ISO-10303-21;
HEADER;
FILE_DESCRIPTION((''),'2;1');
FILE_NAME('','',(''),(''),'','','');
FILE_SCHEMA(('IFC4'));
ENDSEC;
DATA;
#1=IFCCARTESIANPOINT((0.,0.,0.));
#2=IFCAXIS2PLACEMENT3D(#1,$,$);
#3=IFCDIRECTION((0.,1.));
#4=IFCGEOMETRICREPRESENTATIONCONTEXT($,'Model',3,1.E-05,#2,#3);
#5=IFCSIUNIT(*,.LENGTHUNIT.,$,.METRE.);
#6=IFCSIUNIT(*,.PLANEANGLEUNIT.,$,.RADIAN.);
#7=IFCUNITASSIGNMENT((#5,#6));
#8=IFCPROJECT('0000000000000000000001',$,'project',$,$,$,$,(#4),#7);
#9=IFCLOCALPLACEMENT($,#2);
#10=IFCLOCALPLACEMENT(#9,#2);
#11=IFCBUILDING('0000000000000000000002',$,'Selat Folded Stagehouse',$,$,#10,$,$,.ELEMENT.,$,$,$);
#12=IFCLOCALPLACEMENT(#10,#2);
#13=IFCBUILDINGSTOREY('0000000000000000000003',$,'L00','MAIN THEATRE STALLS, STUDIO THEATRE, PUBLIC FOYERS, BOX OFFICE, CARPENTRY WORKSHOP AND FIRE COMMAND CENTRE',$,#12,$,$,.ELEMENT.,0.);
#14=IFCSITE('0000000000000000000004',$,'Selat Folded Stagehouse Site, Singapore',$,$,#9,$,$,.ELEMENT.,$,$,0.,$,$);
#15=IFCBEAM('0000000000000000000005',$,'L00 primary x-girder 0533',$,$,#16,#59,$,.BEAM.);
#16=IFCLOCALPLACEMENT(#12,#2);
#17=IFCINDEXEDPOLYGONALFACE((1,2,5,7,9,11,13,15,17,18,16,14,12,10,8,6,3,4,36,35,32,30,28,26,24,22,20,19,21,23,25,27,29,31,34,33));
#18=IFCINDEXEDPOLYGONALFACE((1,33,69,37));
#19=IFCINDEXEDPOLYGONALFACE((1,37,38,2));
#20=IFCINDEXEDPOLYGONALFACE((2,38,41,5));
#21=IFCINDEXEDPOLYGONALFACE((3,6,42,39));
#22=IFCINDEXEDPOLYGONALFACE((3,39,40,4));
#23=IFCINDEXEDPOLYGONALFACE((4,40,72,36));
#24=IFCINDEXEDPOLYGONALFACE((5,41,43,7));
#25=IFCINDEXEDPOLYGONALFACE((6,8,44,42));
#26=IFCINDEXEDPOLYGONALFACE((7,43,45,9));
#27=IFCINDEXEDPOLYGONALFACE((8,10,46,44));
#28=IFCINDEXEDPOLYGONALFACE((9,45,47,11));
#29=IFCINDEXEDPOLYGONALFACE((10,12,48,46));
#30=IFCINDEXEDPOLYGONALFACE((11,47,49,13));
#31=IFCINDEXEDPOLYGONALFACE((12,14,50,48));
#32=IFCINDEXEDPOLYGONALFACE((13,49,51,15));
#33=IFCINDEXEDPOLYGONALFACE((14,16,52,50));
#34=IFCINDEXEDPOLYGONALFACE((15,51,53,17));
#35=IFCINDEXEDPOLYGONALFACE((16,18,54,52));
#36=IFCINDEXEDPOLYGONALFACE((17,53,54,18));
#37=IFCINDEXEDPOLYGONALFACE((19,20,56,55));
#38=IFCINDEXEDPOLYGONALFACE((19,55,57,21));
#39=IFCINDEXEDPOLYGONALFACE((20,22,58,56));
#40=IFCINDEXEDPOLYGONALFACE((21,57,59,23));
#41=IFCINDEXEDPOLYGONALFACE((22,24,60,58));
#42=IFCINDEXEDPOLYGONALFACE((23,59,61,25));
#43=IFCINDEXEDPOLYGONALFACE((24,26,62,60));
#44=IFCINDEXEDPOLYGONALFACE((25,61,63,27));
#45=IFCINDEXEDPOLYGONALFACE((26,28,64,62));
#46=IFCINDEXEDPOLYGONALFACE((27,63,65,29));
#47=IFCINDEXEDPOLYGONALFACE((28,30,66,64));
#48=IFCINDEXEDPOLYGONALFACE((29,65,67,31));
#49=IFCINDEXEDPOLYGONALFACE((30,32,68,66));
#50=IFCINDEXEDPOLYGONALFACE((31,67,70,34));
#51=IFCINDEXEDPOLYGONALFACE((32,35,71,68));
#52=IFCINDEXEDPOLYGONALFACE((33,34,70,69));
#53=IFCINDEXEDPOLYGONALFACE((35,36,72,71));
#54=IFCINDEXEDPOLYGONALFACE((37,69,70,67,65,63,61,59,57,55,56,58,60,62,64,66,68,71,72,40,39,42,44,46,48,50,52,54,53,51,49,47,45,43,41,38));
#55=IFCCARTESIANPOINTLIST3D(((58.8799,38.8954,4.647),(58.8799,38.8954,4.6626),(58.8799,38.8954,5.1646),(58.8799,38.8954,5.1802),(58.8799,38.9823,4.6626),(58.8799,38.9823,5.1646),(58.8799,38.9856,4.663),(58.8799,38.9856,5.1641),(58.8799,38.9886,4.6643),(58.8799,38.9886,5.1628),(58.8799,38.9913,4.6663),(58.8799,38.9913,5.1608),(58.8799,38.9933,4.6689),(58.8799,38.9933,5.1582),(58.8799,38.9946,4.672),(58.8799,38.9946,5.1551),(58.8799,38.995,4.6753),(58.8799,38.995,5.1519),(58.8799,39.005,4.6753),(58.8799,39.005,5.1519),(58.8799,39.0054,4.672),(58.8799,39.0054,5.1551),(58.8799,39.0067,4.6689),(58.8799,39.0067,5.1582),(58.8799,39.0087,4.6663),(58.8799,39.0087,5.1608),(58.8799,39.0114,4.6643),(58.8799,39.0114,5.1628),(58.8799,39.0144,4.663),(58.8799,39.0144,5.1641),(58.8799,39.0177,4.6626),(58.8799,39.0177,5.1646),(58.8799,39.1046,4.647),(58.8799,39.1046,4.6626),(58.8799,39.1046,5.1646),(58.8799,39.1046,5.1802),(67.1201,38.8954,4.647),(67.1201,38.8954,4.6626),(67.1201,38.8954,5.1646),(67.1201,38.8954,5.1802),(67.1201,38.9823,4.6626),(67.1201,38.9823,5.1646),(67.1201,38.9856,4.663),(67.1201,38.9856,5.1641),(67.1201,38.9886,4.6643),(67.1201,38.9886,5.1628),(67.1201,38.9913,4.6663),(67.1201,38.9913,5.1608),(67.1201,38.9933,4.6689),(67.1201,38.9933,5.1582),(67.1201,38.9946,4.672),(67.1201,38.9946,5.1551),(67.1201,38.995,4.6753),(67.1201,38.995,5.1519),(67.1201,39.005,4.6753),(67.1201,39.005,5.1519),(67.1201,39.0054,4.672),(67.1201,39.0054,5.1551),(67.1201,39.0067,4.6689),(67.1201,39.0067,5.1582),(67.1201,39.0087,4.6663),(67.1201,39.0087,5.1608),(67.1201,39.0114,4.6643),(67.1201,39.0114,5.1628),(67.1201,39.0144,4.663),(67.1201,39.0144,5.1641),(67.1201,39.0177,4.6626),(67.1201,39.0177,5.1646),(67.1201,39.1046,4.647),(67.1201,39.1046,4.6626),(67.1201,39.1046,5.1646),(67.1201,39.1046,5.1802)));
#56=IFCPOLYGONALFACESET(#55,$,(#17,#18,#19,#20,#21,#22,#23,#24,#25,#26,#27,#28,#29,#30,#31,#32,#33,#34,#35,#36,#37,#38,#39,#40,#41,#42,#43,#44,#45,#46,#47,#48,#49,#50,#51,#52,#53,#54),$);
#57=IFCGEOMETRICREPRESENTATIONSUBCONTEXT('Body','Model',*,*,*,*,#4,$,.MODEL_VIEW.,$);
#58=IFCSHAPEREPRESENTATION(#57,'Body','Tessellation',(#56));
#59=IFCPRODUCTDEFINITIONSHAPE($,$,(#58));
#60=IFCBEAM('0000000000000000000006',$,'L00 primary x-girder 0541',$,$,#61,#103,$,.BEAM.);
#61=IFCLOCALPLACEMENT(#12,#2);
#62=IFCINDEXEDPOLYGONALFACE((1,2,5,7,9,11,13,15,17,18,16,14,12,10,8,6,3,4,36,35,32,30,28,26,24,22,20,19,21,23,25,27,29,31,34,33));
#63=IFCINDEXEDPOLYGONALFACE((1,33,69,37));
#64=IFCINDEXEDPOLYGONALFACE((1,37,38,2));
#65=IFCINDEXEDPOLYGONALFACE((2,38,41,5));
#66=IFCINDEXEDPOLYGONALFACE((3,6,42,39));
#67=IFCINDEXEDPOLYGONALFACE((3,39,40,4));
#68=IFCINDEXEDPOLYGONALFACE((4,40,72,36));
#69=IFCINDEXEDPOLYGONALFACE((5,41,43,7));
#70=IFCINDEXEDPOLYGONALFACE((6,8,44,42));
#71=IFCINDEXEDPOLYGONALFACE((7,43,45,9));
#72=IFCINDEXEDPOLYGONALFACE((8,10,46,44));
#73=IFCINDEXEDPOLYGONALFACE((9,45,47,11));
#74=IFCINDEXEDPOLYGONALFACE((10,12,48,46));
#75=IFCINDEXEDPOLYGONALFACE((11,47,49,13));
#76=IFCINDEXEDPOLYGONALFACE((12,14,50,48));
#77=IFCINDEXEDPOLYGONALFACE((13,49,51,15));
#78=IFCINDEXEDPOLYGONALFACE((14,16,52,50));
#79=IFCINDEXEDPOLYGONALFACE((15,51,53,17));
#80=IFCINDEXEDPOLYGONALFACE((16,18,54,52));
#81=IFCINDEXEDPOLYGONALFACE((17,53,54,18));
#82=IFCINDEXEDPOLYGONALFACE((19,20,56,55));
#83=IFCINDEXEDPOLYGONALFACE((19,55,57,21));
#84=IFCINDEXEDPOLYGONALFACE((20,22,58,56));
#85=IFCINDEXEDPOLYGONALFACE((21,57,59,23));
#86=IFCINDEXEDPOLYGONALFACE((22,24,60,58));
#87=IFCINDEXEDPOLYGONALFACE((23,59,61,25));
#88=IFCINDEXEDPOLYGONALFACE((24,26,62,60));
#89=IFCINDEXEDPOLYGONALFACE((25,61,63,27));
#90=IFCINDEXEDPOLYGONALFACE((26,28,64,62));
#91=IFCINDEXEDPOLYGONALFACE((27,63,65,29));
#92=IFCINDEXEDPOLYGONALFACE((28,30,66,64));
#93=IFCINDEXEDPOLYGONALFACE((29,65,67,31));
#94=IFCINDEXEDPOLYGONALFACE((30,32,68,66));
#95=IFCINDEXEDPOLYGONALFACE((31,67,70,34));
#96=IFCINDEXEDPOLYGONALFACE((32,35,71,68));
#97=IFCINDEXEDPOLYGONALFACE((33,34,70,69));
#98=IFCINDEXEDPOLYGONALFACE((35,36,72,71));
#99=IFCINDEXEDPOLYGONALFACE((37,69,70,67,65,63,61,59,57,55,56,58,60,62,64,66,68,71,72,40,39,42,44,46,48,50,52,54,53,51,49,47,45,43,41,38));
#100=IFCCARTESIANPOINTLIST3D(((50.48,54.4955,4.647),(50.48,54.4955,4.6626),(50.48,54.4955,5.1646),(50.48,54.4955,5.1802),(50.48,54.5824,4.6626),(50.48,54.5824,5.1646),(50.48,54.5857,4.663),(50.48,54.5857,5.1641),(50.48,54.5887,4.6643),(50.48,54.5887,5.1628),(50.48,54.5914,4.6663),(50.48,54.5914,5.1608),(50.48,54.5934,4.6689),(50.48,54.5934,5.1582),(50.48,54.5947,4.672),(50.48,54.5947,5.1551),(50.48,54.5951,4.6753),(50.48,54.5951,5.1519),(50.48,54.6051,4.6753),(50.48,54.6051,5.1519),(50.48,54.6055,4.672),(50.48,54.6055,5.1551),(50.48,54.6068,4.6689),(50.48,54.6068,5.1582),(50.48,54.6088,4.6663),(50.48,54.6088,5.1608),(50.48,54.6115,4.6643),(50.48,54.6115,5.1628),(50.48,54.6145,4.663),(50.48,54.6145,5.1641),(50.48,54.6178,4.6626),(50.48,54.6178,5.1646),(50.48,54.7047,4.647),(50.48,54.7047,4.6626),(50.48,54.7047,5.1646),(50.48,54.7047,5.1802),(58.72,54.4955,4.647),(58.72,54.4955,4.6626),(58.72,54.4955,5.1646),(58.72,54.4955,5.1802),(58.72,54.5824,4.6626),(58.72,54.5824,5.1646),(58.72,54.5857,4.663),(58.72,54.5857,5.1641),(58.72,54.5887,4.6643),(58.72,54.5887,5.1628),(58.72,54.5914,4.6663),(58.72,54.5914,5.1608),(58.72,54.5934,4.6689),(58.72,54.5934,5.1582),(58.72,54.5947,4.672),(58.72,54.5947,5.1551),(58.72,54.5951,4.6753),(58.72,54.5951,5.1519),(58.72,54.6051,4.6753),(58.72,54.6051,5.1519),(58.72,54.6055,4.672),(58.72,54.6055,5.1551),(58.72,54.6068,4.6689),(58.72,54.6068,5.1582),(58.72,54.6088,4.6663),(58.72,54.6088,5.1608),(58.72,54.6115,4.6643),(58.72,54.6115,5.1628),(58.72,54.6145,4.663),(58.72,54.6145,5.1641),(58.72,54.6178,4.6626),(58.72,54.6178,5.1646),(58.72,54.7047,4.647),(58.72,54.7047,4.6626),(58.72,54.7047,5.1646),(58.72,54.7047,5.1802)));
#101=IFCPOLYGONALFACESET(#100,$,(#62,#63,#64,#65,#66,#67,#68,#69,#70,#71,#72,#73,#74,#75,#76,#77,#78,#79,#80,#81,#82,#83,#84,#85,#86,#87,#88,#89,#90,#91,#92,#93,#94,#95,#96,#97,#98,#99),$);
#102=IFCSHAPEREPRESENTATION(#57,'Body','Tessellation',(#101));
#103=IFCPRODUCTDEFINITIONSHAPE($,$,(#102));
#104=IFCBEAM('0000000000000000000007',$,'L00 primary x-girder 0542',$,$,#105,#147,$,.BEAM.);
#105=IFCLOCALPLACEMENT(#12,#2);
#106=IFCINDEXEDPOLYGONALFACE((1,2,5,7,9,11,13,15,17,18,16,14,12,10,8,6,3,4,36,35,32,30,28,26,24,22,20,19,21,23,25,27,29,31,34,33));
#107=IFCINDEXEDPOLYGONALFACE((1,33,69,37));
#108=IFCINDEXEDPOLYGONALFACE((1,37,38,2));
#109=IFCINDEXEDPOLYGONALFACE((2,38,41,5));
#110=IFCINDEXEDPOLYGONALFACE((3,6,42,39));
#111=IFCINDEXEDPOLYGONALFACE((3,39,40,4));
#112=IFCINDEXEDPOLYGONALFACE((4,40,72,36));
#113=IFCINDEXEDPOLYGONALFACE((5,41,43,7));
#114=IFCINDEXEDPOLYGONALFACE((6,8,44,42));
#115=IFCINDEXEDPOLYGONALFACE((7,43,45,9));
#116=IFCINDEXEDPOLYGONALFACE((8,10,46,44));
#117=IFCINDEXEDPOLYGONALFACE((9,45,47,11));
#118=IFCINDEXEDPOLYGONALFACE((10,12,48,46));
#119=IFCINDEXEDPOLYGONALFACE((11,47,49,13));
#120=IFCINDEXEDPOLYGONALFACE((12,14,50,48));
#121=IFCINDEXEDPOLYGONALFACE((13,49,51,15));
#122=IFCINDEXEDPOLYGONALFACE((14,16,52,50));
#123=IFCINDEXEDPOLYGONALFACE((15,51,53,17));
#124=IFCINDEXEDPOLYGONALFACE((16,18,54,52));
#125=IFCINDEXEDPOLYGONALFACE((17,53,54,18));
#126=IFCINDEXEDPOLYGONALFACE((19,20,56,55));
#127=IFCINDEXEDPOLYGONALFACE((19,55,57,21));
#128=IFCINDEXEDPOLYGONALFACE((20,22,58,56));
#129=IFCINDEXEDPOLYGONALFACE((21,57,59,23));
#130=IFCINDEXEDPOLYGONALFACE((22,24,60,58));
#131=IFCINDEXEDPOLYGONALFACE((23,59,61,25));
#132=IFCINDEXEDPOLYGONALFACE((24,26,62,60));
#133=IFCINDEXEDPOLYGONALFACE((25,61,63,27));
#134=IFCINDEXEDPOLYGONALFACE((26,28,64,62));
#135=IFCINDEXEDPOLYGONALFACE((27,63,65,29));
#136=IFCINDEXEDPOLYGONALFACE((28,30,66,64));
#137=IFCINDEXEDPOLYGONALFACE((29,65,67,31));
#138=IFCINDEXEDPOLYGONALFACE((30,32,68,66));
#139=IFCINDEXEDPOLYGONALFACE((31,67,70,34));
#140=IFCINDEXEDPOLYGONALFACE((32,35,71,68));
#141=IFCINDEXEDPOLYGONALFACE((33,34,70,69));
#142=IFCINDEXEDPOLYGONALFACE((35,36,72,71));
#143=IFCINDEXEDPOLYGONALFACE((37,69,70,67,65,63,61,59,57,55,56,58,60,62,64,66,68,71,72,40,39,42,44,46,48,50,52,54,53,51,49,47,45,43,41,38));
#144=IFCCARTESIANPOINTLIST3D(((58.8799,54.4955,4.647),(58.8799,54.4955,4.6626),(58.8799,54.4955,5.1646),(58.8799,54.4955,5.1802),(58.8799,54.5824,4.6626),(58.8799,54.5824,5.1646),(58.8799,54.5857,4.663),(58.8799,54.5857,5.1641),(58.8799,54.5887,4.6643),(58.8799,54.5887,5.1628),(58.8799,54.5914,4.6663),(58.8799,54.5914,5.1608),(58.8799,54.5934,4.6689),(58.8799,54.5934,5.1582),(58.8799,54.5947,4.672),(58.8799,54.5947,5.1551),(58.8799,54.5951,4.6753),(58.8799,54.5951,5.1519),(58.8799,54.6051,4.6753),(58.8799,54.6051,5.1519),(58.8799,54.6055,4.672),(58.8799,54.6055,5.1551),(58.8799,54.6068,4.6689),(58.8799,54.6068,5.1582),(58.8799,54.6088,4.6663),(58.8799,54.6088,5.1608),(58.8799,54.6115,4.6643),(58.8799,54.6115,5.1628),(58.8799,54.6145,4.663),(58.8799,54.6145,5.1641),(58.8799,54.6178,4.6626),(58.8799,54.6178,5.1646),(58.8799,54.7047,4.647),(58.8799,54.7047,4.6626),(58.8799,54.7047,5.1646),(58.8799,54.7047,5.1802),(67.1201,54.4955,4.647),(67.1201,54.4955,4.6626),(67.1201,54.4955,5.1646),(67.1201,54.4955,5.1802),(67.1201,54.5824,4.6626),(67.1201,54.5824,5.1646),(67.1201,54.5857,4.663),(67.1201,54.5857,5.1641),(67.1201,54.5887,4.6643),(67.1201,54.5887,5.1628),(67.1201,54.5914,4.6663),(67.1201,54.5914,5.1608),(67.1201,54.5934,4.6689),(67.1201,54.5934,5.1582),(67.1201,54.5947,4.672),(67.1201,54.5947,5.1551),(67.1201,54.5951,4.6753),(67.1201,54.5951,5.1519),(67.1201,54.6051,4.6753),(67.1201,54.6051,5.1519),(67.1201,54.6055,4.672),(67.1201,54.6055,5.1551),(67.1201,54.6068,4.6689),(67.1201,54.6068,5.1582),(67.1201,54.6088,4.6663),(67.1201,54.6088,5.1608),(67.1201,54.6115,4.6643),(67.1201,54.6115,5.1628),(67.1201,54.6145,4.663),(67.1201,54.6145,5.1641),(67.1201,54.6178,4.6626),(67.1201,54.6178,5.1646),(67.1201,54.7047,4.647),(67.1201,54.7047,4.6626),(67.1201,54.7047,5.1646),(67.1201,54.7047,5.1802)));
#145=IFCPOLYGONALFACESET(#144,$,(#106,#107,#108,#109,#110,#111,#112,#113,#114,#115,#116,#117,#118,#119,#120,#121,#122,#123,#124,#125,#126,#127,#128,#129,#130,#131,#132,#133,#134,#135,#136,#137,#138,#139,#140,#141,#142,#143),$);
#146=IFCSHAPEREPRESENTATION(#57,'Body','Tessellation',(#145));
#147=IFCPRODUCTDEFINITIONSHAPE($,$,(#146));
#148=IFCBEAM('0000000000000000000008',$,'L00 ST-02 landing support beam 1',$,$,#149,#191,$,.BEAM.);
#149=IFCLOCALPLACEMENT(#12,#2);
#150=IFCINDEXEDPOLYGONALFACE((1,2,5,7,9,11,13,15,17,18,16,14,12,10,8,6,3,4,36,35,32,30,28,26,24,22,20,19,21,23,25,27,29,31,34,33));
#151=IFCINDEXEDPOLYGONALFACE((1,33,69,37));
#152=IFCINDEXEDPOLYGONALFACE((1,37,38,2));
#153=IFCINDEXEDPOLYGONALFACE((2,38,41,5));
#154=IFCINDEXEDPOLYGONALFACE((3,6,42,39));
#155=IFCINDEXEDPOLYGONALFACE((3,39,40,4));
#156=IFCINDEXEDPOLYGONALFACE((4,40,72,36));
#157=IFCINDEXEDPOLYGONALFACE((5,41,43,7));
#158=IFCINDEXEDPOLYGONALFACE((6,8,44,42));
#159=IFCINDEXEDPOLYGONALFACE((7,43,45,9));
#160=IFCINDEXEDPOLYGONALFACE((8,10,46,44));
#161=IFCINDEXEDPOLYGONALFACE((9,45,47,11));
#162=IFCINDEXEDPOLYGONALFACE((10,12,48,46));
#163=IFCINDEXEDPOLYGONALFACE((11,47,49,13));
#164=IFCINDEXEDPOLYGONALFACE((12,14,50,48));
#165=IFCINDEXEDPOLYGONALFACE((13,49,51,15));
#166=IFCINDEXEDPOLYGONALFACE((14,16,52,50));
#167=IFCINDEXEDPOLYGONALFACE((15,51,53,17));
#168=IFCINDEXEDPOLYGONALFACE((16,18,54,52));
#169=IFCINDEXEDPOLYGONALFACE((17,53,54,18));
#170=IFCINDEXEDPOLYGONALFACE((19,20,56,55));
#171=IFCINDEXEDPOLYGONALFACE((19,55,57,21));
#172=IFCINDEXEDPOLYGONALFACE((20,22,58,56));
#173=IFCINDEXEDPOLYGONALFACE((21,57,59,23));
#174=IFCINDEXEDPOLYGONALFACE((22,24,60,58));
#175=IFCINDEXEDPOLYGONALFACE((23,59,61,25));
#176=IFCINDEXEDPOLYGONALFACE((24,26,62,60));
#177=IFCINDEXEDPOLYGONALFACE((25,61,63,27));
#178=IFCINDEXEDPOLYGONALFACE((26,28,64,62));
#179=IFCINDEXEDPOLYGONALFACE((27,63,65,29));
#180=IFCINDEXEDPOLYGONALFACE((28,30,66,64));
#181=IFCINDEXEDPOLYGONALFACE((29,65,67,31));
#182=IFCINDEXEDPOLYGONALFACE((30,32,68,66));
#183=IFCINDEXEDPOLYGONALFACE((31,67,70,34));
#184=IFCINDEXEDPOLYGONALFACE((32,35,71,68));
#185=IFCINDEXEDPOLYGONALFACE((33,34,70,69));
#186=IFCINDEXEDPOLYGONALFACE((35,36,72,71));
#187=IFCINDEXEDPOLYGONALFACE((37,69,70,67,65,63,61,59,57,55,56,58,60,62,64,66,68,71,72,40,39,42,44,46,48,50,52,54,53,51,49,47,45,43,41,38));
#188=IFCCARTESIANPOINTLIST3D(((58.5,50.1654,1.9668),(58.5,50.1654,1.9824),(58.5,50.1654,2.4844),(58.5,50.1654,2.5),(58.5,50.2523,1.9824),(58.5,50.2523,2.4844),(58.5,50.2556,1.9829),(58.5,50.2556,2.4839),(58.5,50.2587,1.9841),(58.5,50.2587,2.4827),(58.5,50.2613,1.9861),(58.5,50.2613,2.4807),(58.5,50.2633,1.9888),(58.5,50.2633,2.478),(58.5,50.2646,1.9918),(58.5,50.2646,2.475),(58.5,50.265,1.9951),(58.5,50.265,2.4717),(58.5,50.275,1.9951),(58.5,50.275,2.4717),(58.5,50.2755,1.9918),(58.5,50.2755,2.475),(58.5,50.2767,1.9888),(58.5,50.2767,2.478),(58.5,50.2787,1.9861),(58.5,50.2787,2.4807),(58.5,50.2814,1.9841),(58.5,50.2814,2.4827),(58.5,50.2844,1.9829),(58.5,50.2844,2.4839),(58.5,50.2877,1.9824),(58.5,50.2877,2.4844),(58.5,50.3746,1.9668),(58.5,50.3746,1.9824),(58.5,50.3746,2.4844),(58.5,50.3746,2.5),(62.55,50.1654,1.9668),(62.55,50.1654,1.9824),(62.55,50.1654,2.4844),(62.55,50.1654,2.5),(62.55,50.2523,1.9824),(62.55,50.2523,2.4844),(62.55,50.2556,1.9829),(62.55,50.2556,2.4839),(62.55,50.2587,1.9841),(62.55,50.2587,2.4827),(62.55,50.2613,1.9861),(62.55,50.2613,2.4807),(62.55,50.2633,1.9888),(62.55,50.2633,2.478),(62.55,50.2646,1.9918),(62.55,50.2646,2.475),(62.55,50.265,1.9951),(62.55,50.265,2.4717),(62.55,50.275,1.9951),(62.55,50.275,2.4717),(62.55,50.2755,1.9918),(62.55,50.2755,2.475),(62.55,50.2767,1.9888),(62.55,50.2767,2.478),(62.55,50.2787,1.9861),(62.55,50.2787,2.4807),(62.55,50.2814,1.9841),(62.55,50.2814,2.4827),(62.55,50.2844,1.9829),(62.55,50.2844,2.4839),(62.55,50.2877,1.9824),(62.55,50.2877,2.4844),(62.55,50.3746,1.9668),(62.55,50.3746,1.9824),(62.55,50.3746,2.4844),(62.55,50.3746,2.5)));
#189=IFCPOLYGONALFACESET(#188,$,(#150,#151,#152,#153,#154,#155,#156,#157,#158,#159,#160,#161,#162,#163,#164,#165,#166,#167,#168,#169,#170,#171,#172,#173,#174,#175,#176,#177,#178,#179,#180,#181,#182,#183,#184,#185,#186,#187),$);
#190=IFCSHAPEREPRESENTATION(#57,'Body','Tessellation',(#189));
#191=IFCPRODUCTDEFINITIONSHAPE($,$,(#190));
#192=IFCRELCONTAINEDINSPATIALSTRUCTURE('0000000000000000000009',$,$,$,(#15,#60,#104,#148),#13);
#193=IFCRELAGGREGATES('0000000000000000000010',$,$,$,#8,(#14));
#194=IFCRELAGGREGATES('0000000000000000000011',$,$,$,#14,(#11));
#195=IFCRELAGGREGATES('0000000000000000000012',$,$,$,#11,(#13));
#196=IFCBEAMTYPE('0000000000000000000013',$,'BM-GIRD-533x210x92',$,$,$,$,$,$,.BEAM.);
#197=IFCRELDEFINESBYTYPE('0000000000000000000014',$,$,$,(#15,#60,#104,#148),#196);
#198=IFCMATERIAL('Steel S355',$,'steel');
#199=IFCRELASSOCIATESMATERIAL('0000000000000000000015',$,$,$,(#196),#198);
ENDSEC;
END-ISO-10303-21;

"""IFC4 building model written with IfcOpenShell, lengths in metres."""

from ifc_helpers import new_model, si_unit, direction, frame, origin, origin_2d, place, context, subcontext, project, spatial, i_section, extrude, material, material_profile, profile_set, type_object, element, save


model = new_model("IFC4")

# Units and contexts
model_context = context("Model", 3, precision=1e-05, world=origin(), true_north=direction((0.0, 1.0)))
body_context = subcontext(model_context, "Body", "Model", "MODEL_VIEW")
ifc_project = project(units=[si_unit("LENGTHUNIT", "METRE"), si_unit("PLANEANGLEUNIT", "RADIAN")], contexts=[model_context])

# Site, building, storey
site_placement = place(None, origin())
site = spatial("IfcSite", under=ifc_project, at=site_placement, Name="Selat Folded Stagehouse Site, Singapore", CompositionType="ELEMENT", RefElevation=0.0)
building_placement = place(site_placement, origin())
building = spatial("IfcBuilding", under=site, at=building_placement, Name="Selat Folded Stagehouse", CompositionType="ELEMENT")
storey_placement = place(building_placement, origin())
storey = spatial("IfcBuildingStorey", under=building, at=storey_placement, Name="L00", Description="MAIN THEATRE STALLS, STUDIO THEATRE, PUBLIC FOYERS, BOX OFFICE, CARPENTRY WORKSHOP AND FIRE COMMAND CENTRE", CompositionType="ELEMENT", Elevation=0.0)

# Shared definitions
ifc_material_1 = material(Name="Steel S355", Category="steel")

# Beams
ifc_material_profile_1 = material_profile(ifc_material_1, i_section(OverallWidth=0.2092, OverallDepth=0.5332, WebThickness=0.01, FlangeThickness=0.0156, FilletRadius=0.0127, at=origin_2d()), Name="UKB 533x210x92")
ifc_profile_set_1 = profile_set([ifc_material_profile_1], Name="Steel S355")
beam_type_1 = type_object("IfcBeamType", Name="BM-GIRD-533x210x92", PredefinedType="BEAM", material=ifc_profile_set_1)
beam_1_placement = place(storey_placement, frame((58.8799, 39.0, 4.9136), z_axis=(1.0, 0.0, 0.0), x_axis=(0.0, 1.0, 0.0)))
element("IfcBeam", 1, at=beam_1_placement, inside=storey, type_object=beam_type_1, Name="L00 primary x-girder 0533", PredefinedType="BEAM", context=body_context, shape_type="SweptSolid", body=[
    extrude(i_section(OverallWidth=0.2092, OverallDepth=0.5332, WebThickness=0.01, FlangeThickness=0.0156, FilletRadius=0.0127, at=origin_2d()), origin(), (0.0, 0.0, 1.0), 8.2402),
])
beam_2_placement = place(storey_placement, frame((50.48, 54.6001, 4.9136), z_axis=(1.0, 0.0, 0.0), x_axis=(0.0, 1.0, 0.0)))
element("IfcBeam", 2, at=beam_2_placement, inside=storey, type_object=beam_type_1, Name="L00 primary x-girder 0541", PredefinedType="BEAM", context=body_context, shape_type="SweptSolid", body=[
    extrude(i_section(OverallWidth=0.2092, OverallDepth=0.5332, WebThickness=0.01, FlangeThickness=0.0156, FilletRadius=0.0127, at=origin_2d()), origin(), (0.0, 0.0, 1.0), 8.24),
])
beam_3_placement = place(storey_placement, frame((58.8799, 54.6001, 4.9136), z_axis=(1.0, 0.0, 0.0), x_axis=(0.0, 1.0, 0.0)))
element("IfcBeam", 3, at=beam_3_placement, inside=storey, type_object=beam_type_1, Name="L00 primary x-girder 0542", PredefinedType="BEAM", context=body_context, shape_type="SweptSolid", body=[
    extrude(i_section(OverallWidth=0.2092, OverallDepth=0.5332, WebThickness=0.01, FlangeThickness=0.0156, FilletRadius=0.0127, at=origin_2d()), origin(), (0.0, 0.0, 1.0), 8.2402),
])
for number, where, z_axis, x_axis, name in (
    (4, (58.5, 50.27, 2.2334), (1.0, 0.0, 0.0), (0.0, 1.0, 0.0), "L00 ST-02 landing support beam 1"),
):
    element("IfcBeam", number, at=place(storey_placement, frame(where, z_axis=z_axis, x_axis=x_axis)), inside=storey, type_object=beam_type_1, Name=name, PredefinedType="BEAM", context=body_context, shape_type="SweptSolid", body=[
        extrude(i_section(OverallWidth=0.2092, OverallDepth=0.5332, WebThickness=0.01, FlangeThickness=0.0156, FilletRadius=0.0127, at=origin_2d()), origin(), (0.0, 0.0, 1.0), 4.05),
    ])

save(model, "model.ifc")
